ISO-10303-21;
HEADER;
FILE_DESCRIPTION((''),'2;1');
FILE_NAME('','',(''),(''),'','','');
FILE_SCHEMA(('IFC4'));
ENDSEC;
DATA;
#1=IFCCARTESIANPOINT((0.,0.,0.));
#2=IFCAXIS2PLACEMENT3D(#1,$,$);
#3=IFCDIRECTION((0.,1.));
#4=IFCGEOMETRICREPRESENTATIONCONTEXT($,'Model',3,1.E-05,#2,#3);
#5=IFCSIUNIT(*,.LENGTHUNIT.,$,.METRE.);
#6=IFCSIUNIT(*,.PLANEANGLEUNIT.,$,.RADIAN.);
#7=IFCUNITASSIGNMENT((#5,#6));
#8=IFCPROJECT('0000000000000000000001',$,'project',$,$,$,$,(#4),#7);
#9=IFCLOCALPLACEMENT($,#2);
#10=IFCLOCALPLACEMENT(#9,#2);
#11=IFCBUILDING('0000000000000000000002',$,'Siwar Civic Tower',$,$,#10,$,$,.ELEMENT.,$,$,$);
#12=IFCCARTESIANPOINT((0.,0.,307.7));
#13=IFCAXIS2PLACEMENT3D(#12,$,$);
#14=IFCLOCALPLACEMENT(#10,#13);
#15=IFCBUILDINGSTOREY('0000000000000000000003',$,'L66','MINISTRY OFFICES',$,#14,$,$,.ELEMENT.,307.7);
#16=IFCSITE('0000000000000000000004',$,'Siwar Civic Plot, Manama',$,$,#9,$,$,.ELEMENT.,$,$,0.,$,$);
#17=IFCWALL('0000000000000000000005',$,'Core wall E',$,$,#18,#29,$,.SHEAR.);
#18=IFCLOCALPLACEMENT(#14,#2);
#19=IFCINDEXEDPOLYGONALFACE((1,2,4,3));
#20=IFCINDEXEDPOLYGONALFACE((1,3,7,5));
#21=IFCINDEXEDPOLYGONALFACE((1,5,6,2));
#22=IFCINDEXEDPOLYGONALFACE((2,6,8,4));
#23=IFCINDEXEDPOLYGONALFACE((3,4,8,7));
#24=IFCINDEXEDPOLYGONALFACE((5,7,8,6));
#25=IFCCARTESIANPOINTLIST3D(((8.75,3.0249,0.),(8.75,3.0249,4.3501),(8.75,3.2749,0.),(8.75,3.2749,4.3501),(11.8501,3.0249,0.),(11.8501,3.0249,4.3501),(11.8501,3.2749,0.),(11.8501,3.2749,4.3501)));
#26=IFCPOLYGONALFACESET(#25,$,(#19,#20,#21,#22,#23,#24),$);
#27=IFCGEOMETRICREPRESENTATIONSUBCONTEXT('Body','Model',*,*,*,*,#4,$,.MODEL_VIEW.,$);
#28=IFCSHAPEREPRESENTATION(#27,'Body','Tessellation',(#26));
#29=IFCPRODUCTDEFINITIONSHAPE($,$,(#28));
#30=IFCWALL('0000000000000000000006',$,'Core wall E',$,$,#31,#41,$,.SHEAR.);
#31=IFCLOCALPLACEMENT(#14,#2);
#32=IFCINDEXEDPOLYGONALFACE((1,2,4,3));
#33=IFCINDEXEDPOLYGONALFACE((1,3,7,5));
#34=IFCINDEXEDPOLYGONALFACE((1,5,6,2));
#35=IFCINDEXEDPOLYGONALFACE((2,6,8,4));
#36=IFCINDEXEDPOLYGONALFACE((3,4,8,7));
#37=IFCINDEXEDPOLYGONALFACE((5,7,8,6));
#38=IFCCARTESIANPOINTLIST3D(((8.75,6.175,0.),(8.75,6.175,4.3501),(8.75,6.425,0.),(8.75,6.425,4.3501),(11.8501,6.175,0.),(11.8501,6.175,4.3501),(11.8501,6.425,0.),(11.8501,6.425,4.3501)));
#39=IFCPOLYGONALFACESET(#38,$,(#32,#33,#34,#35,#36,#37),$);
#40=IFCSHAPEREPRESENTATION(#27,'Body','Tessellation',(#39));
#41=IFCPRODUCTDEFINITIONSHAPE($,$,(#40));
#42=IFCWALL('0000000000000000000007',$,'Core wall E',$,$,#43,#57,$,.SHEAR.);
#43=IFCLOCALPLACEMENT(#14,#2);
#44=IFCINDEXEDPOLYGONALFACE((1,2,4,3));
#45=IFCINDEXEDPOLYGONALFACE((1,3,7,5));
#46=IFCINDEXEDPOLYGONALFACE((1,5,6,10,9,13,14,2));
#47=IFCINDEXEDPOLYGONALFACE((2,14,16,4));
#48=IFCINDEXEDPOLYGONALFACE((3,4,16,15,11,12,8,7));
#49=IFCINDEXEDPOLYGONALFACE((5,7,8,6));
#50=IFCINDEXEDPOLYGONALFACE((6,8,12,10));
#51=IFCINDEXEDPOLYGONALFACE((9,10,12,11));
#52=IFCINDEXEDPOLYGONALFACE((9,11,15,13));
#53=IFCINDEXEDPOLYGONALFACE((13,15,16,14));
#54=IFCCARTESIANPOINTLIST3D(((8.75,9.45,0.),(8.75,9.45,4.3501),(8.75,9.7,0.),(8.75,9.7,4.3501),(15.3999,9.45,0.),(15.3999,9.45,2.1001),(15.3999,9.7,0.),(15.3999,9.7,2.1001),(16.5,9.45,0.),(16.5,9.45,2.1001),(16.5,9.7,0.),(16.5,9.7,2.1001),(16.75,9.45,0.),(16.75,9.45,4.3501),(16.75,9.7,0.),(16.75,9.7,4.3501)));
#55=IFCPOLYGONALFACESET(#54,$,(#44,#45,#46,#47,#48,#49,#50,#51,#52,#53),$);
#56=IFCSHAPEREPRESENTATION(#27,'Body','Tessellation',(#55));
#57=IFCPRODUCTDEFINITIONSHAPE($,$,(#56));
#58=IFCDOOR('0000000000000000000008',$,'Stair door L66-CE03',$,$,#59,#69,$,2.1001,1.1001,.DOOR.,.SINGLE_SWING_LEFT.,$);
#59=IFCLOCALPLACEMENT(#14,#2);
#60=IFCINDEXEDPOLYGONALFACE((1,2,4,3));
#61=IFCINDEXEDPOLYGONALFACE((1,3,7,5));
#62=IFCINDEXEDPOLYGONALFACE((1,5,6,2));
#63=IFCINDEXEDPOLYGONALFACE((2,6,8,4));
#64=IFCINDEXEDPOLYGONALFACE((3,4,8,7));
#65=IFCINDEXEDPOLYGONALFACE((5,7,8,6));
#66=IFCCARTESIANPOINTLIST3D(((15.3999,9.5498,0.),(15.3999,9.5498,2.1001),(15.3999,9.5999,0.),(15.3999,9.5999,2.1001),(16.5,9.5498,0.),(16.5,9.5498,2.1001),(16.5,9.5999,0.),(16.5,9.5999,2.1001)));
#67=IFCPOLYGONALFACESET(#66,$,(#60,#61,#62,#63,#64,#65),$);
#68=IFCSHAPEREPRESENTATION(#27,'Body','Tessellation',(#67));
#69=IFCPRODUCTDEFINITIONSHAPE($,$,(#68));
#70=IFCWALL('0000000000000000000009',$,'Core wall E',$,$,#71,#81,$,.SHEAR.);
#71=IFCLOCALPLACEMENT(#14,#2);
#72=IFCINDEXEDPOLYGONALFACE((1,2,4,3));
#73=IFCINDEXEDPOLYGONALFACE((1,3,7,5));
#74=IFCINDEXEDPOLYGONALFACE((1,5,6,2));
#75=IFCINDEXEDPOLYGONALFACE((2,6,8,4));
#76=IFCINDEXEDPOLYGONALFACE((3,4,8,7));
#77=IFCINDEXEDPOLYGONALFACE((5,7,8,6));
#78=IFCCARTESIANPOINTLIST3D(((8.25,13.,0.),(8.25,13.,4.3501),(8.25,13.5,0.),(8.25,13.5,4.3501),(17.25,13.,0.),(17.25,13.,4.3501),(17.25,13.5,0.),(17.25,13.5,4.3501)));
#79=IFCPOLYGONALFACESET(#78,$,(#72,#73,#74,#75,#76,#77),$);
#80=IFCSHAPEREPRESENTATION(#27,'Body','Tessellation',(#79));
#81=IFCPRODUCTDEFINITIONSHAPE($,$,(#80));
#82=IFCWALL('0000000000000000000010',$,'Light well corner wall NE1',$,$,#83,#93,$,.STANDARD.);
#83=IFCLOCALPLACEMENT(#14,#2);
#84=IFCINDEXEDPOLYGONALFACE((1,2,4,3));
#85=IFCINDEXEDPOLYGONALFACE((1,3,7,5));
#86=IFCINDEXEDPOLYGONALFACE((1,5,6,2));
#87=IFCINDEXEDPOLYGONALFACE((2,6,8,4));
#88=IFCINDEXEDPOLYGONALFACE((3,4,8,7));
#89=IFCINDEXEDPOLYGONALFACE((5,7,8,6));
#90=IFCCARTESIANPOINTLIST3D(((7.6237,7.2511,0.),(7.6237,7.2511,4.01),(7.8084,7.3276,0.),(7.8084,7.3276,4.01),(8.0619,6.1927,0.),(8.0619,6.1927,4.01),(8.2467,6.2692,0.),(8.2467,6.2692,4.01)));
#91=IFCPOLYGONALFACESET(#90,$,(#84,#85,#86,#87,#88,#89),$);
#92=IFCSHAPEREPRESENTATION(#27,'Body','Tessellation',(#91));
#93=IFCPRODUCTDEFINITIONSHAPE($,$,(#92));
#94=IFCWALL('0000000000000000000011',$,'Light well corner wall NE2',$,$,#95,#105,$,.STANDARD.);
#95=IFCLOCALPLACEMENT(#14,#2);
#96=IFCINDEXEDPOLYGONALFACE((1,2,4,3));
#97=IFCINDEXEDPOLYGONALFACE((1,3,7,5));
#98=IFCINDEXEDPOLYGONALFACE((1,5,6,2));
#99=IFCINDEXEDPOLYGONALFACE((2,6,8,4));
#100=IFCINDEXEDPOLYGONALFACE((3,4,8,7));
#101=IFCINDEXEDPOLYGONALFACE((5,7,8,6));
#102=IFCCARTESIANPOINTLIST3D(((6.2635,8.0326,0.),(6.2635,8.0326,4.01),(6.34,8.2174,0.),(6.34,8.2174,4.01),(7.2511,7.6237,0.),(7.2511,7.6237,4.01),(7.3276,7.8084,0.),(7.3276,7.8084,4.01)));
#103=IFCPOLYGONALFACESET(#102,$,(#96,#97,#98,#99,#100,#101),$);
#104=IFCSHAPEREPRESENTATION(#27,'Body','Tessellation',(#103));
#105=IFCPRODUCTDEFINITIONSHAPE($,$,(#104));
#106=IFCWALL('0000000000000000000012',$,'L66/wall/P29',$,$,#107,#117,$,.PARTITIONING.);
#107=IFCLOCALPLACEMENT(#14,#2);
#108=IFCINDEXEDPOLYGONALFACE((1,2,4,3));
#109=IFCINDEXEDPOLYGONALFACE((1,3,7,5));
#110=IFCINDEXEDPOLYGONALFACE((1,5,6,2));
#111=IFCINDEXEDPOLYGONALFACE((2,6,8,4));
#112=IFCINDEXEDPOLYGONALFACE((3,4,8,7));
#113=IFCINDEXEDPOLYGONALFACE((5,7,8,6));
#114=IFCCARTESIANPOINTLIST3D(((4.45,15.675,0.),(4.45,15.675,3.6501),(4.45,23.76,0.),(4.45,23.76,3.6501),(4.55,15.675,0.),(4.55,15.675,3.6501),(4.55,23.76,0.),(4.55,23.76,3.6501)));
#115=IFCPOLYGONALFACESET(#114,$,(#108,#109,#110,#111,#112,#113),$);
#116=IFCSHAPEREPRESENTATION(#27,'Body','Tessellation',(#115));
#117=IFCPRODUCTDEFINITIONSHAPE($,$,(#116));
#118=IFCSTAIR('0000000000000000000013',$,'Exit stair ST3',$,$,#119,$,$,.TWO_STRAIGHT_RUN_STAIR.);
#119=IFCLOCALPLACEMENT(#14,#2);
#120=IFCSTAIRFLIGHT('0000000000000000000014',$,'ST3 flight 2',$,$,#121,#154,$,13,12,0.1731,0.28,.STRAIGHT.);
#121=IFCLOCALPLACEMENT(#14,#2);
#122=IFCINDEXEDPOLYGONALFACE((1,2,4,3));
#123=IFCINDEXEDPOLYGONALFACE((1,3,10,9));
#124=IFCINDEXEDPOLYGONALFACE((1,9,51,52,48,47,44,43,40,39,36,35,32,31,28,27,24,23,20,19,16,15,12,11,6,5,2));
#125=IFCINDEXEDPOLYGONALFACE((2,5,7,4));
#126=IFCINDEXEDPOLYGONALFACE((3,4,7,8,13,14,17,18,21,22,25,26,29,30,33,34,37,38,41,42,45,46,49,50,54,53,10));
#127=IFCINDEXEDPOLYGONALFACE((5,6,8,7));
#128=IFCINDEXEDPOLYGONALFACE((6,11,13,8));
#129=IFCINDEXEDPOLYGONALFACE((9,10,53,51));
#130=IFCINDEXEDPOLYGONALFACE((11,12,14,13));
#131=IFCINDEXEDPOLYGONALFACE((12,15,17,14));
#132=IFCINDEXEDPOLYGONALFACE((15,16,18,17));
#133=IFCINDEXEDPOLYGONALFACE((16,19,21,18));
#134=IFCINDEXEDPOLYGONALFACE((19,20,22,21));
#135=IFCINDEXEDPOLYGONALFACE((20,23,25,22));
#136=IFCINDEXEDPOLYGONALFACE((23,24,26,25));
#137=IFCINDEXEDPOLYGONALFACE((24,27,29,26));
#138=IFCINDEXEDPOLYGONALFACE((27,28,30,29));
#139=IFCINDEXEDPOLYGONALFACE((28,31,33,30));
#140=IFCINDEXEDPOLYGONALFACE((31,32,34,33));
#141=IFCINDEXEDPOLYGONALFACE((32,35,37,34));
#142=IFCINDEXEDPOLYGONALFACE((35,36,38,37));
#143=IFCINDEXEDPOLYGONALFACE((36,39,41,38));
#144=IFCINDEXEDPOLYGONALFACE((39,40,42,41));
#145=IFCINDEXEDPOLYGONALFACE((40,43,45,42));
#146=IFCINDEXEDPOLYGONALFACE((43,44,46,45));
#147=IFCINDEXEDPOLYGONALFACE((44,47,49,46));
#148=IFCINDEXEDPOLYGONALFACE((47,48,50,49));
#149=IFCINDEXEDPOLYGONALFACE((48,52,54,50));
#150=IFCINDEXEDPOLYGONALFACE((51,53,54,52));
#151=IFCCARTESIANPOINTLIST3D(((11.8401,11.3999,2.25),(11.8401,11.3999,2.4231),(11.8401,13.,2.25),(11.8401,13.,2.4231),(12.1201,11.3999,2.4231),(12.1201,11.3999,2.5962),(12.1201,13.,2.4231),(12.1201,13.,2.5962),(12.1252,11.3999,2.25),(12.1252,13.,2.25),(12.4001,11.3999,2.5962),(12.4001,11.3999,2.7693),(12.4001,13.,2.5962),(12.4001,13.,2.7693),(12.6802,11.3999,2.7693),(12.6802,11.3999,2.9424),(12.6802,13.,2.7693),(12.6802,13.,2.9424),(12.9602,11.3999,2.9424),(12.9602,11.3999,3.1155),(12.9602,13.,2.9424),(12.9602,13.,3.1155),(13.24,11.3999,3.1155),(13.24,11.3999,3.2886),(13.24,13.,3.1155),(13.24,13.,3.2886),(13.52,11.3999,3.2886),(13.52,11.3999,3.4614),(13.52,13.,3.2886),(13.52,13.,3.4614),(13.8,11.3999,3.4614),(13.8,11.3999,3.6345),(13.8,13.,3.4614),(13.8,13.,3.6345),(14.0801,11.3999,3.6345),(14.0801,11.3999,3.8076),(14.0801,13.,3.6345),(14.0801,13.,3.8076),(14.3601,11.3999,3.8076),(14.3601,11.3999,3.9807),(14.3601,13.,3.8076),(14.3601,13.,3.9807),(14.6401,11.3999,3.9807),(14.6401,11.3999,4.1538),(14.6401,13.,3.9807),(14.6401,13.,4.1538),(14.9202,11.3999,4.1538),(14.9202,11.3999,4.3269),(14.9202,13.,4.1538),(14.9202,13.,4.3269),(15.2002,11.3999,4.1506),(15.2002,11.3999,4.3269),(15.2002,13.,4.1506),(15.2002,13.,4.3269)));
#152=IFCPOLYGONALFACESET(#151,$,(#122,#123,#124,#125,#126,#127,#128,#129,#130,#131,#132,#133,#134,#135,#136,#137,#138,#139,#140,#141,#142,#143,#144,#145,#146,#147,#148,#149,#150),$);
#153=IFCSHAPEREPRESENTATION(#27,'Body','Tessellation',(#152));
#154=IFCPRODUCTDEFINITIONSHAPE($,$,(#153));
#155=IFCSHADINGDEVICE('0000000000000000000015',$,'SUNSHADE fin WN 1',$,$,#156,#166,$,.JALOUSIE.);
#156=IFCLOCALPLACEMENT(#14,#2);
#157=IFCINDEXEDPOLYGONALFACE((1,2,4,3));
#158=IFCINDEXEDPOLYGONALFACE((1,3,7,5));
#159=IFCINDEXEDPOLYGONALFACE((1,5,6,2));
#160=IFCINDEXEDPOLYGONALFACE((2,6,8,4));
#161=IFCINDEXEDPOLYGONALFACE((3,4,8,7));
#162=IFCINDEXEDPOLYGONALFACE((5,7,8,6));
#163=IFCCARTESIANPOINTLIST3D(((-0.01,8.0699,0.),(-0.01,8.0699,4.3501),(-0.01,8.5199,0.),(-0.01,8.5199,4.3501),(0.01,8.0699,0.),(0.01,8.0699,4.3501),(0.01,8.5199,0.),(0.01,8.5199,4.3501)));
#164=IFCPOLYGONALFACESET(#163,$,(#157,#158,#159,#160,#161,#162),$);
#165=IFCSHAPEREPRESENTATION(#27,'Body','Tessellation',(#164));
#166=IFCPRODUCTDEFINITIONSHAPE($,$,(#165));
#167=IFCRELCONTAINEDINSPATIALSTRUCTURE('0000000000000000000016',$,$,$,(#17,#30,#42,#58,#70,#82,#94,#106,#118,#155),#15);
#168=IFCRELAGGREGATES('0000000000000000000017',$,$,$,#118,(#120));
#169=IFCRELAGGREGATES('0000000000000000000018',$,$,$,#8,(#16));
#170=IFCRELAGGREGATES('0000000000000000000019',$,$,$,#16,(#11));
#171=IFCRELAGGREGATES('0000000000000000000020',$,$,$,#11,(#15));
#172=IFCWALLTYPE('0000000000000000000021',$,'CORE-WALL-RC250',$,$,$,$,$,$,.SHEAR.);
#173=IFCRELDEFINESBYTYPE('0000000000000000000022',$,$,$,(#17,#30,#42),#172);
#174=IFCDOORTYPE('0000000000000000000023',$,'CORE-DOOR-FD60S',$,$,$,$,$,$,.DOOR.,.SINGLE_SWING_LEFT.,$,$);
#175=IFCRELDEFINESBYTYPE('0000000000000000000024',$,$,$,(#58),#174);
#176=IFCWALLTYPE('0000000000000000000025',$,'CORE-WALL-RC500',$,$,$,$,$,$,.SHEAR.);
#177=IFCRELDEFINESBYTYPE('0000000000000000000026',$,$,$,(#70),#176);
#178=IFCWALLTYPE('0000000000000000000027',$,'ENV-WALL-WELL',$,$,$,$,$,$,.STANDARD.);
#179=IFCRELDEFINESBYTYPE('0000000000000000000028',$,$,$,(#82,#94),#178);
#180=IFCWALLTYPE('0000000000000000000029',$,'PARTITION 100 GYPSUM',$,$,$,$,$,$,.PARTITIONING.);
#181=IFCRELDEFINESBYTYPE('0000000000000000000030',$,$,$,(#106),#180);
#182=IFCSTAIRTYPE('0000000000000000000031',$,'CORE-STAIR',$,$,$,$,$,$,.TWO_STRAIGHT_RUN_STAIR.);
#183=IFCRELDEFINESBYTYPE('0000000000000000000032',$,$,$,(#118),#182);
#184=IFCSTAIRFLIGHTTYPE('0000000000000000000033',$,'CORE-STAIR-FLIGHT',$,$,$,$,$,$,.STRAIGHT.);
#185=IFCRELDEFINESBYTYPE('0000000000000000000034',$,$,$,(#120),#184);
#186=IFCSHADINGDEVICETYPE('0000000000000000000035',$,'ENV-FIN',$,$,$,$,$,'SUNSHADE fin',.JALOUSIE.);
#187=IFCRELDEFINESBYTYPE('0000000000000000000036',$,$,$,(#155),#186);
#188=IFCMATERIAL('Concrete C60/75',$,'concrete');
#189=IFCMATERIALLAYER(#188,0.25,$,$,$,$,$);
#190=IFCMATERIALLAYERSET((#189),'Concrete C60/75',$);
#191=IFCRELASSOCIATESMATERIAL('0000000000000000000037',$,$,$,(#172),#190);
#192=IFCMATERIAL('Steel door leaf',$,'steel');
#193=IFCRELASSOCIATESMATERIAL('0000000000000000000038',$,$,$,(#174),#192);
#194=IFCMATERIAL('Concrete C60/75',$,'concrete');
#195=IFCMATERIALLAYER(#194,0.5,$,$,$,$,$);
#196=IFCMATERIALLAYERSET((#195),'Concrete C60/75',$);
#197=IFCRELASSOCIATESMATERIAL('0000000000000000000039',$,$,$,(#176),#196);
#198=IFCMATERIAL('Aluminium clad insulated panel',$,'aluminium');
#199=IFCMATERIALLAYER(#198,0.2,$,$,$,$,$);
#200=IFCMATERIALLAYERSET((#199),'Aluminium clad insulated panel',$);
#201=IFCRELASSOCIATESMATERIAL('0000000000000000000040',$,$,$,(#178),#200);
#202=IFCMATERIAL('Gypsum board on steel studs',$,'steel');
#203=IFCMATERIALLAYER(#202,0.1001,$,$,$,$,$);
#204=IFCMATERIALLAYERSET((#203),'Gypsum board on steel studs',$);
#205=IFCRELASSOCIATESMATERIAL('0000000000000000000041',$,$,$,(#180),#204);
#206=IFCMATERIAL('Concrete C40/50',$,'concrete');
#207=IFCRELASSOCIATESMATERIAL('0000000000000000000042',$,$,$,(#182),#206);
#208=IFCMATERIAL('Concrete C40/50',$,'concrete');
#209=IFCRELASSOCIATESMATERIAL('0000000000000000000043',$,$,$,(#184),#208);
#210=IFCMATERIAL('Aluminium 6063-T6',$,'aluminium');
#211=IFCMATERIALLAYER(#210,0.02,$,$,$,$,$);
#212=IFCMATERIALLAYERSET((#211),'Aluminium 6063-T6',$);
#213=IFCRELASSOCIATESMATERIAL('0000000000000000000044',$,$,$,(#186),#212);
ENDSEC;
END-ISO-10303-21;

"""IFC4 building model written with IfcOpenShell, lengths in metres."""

from ifc_helpers import new_model, si_unit, direction, frame, frame_2d, origin, origin_2d, place, context, subcontext, project, spatial, polyline, rectangle, outline, extrude, material, layer, layer_set, type_object, element, fill, aggregate, save


model = new_model("IFC4")

# Units and contexts
model_context = context("Model", 3, precision=1e-05, world=origin(), true_north=direction((0.0, 1.0)))
body_context = subcontext(model_context, "Body", "Model", "MODEL_VIEW")
ifc_project = project(units=[si_unit("LENGTHUNIT", "METRE"), si_unit("PLANEANGLEUNIT", "RADIAN")], contexts=[model_context])

# Site, building, storey
site_placement = place(None, origin())
site = spatial("IfcSite", under=ifc_project, at=site_placement, Name="Siwar Civic Plot, Manama", CompositionType="ELEMENT", RefElevation=0.0)
building_placement = place(site_placement, origin())
building = spatial("IfcBuilding", under=site, at=building_placement, Name="Siwar Civic Tower", CompositionType="ELEMENT")
storey_placement = place(building_placement, frame((0.0, 0.0, 307.7)))
storey = spatial("IfcBuildingStorey", under=building, at=storey_placement, Name="L66", Description="MINISTRY OFFICES", CompositionType="ELEMENT", Elevation=307.7)

# Shared definitions
ifc_material_1 = material(Name="Concrete C60/75", Category="concrete")
ifc_layer_1 = layer(ifc_material_1, 0.25)
ifc_layer_set_1 = layer_set([ifc_layer_1], Name="Concrete C60/75")
wall_type_1 = type_object("IfcWallType", Name="CORE-WALL-RC250", PredefinedType="SHEAR", material=ifc_layer_set_1)

# Walls
for number, where, z_axis, x_axis, name in (
    (1, (8.75, 3.1499, 0.0), (0.0, 0.0, 1.0), (1.0, 0.0, 0.0), "Core wall E"),
    (2, (8.75, 6.3, 0.0), (0.0, 0.0, 1.0), (1.0, 0.0, 0.0), "Core wall E"),
):
    element("IfcWall", number, at=place(storey_placement, frame(where, z_axis=z_axis, x_axis=x_axis)), inside=storey, type_object=wall_type_1, Name=name, PredefinedType="SHEAR", context=body_context, shape_type="SweptSolid", body=[
        extrude(rectangle(XDim=3.1001, YDim=0.25, at=frame_2d((1.55, 0.0))), origin(), (0.0, 0.0, 1.0), 4.3501),
    ])

# Wall, opening, door
wall_1_placement = place(storey_placement, frame((8.75, 9.575, 0.0), z_axis=(0.0, 0.0, 1.0), x_axis=(1.0, 0.0, 0.0)))
wall_1 = element("IfcWall", 3, at=wall_1_placement, inside=storey, type_object=wall_type_1, Name="Core wall E", PredefinedType="SHEAR", context=body_context, shape_type="SweptSolid", body=[
    extrude(rectangle(XDim=8.0, YDim=0.25, at=frame_2d((4.0, 0.0))), origin(), (0.0, 0.0, 1.0), 4.3501),
])
opening_1_placement = place(wall_1_placement, frame((6.6499, 0.0, 0.0)))
opening_1 = element("IfcOpeningElement", 4, at=opening_1_placement, cuts=wall_1, PredefinedType="OPENING", context=body_context, shape_type="SweptSolid", body=[
    extrude(rectangle(XDim=1.1001, YDim=2.1001, at=frame_2d((0.55, 1.05))), frame((0.0, 0.135, 0.0), z_axis=(0.0, -1.0, 0.0), x_axis=(1.0, 0.0, 0.0)), (0.0, 0.0, 1.0), 0.27),
])
ifc_material_2 = material(Name="Steel door leaf", Category="steel")
door_type_1 = type_object("IfcDoorType", Name="CORE-DOOR-FD60S", OperationType="SINGLE_SWING_LEFT", PredefinedType="DOOR", material=ifc_material_2)
door_1_placement = place(opening_1_placement, origin())
door_1 = element("IfcDoor", 5, at=door_1_placement, inside=storey, type_object=door_type_1, Name="Stair door L66-CE03", OperationType="SINGLE_SWING_LEFT", OverallHeight=2.1001, OverallWidth=1.1001, PredefinedType="DOOR", context=body_context, shape_type="SweptSolid", body=[
    extrude(rectangle(XDim=1.1001, YDim=2.1001, at=frame_2d((0.55, 1.05))), frame((0.0, 0.0249, 0.0), z_axis=(0.0, -1.0, 0.0), x_axis=(1.0, 0.0, 0.0)), (0.0, 0.0, 1.0), 0.05),
])
fill(opening_1, door_1)

# Walls
ifc_material_3 = material(Name="Concrete C60/75", Category="concrete")
ifc_layer_2 = layer(ifc_material_3, 0.5)
ifc_layer_set_2 = layer_set([ifc_layer_2], Name="Concrete C60/75")
wall_type_2 = type_object("IfcWallType", Name="CORE-WALL-RC500", PredefinedType="SHEAR", material=ifc_layer_set_2)
wall_2_placement = place(storey_placement, frame((8.25, 13.25, 0.0), z_axis=(0.0, 0.0, 1.0), x_axis=(1.0, 0.0, 0.0)))
element("IfcWall", 6, at=wall_2_placement, inside=storey, type_object=wall_type_2, Name="Core wall E", PredefinedType="SHEAR", context=body_context, shape_type="SweptSolid", body=[
    extrude(rectangle(XDim=9.0, YDim=0.5, at=frame_2d((4.5, 0.0))), origin(), (0.0, 0.0, 1.0), 4.3501),
])
ifc_material_4 = material(Name="Aluminium clad insulated panel", Category="aluminium")
ifc_layer_3 = layer(ifc_material_4, 0.2)
ifc_layer_set_3 = layer_set([ifc_layer_3], Name="Aluminium clad insulated panel")
wall_type_3 = type_object("IfcWallType", Name="ENV-WALL-WELL", PredefinedType="STANDARD", material=ifc_layer_set_3)
wall_3_placement = place(storey_placement, frame((8.1543, 6.231, 0.0), z_axis=(0.0, 0.0, 1.0), x_axis=(-0.382571, 0.923926, 0.0)))
element("IfcWall", 7, at=wall_3_placement, inside=storey, type_object=wall_type_3, Name="Light well corner wall NE1", PredefinedType="STANDARD", context=body_context, shape_type="SweptSolid", body=[
    extrude(rectangle(XDim=1.1455, YDim=0.2, at=frame_2d((0.5728, 0.0))), origin(), (0.0, 0.0, 1.0), 4.01),
])
wall_4_placement = place(storey_placement, frame((7.2893, 7.7161, 0.0), z_axis=(0.0, 0.0, 1.0), x_axis=(-0.923919, 0.382587, 0.0)))
element("IfcWall", 8, at=wall_4_placement, inside=storey, type_object=wall_type_3, Name="Light well corner wall NE2", PredefinedType="STANDARD", context=body_context, shape_type="SweptSolid", body=[
    extrude(rectangle(XDim=1.0688, YDim=0.2, at=frame_2d((0.5344, 0.0))), origin(), (0.0, 0.0, 1.0), 4.01),
])
ifc_material_5 = material(Name="Gypsum board on steel studs", Category="steel")
ifc_layer_4 = layer(ifc_material_5, 0.1001)
ifc_layer_set_4 = layer_set([ifc_layer_4], Name="Gypsum board on steel studs")
wall_type_4 = type_object("IfcWallType", Name="PARTITION 100 GYPSUM", PredefinedType="PARTITIONING", material=ifc_layer_set_4)
wall_5_placement = place(storey_placement, frame((4.5, 15.675, 0.0), z_axis=(0.0, 0.0, 1.0), x_axis=(0.0, 1.0, 0.0)))
element("IfcWall", 9, at=wall_5_placement, inside=storey, type_object=wall_type_4, Name="L66/wall/P29", PredefinedType="PARTITIONING", context=body_context, shape_type="SweptSolid", body=[
    extrude(rectangle(XDim=8.085, YDim=0.1001, at=frame_2d((4.0425, 0.0))), origin(), (0.0, 0.0, 1.0), 3.6501),
])

# Stair, stair flight
ifc_material_6 = material(Name="Concrete C40/50", Category="concrete")
stair_type = type_object("IfcStairType", Name="CORE-STAIR", PredefinedType="TWO_STRAIGHT_RUN_STAIR", material=ifc_material_6)
stair_placement = place(storey_placement, origin())
stair = element("IfcStair", 10, at=stair_placement, inside=storey, type_object=stair_type, Name="Exit stair ST3", PredefinedType="TWO_STRAIGHT_RUN_STAIR")
ifc_material_7 = material(Name="Concrete C40/50", Category="concrete")
stair_flight_type = type_object("IfcStairFlightType", Name="CORE-STAIR-FLIGHT", PredefinedType="STRAIGHT", material=ifc_material_7)
stair_flight_placement = place(storey_placement, frame((11.8401, 12.2, 2.25), z_axis=(0.0, 0.0, 1.0), x_axis=(1.0, 0.0, 0.0)))
stair_flight = element("IfcStairFlight", 11, at=stair_flight_placement, type_object=stair_flight_type, Name="ST3 flight 2", NumberOfRisers=13, NumberOfTreads=12, PredefinedType="STRAIGHT", RiserHeight=0.1731, TreadLength=0.28, context=body_context, shape_type="SweptSolid", body=[
    extrude(outline(polyline([(0.0, 0.0), (0.0, 0.1731), (0.28, 0.1731), (0.28, 0.3462), (0.5601, 0.3462), (0.5601, 0.5193), (0.8401, 0.5193), (0.8401, 0.6924), (1.1201, 0.6924), (1.1201, 0.8655), (1.3999, 0.8655), (1.3999, 1.0386), (1.6799, 1.0386), (1.6799, 1.2114), (1.96, 1.2114), (1.96, 1.3845), (2.24, 1.3845), (2.24, 1.5576), (2.52, 1.5576), (2.52, 1.7307), (2.8, 1.7307), (2.8, 1.9038), (3.0801, 1.9038), (3.0801, 2.0769), (3.3601, 2.0769), (3.3601, 2.25), (3.3601, 1.9006), (0.2852, 0.0), (0.0, 0.0)])), frame((0.0, 0.8, 0.0), z_axis=(0.0, -1.0, 0.0), x_axis=(1.0, 0.0, 0.0)), (0.0, 0.0, 1.0), 1.6001),
])
aggregate(stair, [stair_flight])

# Shading device
ifc_material_8 = material(Name="Aluminium 6063-T6", Category="aluminium")
ifc_layer_5 = layer(ifc_material_8, 0.02)
ifc_layer_set_5 = layer_set([ifc_layer_5], Name="Aluminium 6063-T6")
shading_device_type = type_object("IfcShadingDeviceType", Name="ENV-FIN", ElementType="SUNSHADE fin", PredefinedType="JALOUSIE", material=ifc_layer_set_5)
shading_device_placement = place(storey_placement, frame((0.0, 8.2949, 0.0), z_axis=(0.0, 0.0, 1.0), x_axis=(-1.0, 0.0, 0.0)))
element("IfcShadingDevice", 12, at=shading_device_placement, inside=storey, type_object=shading_device_type, Name="SUNSHADE fin WN 1", PredefinedType="JALOUSIE", context=body_context, shape_type="SweptSolid", body=[
    extrude(rectangle(XDim=0.02, YDim=0.45, at=origin_2d()), origin(), (0.0, 0.0, 1.0), 4.3501),
])

save(model, "model.ifc")
